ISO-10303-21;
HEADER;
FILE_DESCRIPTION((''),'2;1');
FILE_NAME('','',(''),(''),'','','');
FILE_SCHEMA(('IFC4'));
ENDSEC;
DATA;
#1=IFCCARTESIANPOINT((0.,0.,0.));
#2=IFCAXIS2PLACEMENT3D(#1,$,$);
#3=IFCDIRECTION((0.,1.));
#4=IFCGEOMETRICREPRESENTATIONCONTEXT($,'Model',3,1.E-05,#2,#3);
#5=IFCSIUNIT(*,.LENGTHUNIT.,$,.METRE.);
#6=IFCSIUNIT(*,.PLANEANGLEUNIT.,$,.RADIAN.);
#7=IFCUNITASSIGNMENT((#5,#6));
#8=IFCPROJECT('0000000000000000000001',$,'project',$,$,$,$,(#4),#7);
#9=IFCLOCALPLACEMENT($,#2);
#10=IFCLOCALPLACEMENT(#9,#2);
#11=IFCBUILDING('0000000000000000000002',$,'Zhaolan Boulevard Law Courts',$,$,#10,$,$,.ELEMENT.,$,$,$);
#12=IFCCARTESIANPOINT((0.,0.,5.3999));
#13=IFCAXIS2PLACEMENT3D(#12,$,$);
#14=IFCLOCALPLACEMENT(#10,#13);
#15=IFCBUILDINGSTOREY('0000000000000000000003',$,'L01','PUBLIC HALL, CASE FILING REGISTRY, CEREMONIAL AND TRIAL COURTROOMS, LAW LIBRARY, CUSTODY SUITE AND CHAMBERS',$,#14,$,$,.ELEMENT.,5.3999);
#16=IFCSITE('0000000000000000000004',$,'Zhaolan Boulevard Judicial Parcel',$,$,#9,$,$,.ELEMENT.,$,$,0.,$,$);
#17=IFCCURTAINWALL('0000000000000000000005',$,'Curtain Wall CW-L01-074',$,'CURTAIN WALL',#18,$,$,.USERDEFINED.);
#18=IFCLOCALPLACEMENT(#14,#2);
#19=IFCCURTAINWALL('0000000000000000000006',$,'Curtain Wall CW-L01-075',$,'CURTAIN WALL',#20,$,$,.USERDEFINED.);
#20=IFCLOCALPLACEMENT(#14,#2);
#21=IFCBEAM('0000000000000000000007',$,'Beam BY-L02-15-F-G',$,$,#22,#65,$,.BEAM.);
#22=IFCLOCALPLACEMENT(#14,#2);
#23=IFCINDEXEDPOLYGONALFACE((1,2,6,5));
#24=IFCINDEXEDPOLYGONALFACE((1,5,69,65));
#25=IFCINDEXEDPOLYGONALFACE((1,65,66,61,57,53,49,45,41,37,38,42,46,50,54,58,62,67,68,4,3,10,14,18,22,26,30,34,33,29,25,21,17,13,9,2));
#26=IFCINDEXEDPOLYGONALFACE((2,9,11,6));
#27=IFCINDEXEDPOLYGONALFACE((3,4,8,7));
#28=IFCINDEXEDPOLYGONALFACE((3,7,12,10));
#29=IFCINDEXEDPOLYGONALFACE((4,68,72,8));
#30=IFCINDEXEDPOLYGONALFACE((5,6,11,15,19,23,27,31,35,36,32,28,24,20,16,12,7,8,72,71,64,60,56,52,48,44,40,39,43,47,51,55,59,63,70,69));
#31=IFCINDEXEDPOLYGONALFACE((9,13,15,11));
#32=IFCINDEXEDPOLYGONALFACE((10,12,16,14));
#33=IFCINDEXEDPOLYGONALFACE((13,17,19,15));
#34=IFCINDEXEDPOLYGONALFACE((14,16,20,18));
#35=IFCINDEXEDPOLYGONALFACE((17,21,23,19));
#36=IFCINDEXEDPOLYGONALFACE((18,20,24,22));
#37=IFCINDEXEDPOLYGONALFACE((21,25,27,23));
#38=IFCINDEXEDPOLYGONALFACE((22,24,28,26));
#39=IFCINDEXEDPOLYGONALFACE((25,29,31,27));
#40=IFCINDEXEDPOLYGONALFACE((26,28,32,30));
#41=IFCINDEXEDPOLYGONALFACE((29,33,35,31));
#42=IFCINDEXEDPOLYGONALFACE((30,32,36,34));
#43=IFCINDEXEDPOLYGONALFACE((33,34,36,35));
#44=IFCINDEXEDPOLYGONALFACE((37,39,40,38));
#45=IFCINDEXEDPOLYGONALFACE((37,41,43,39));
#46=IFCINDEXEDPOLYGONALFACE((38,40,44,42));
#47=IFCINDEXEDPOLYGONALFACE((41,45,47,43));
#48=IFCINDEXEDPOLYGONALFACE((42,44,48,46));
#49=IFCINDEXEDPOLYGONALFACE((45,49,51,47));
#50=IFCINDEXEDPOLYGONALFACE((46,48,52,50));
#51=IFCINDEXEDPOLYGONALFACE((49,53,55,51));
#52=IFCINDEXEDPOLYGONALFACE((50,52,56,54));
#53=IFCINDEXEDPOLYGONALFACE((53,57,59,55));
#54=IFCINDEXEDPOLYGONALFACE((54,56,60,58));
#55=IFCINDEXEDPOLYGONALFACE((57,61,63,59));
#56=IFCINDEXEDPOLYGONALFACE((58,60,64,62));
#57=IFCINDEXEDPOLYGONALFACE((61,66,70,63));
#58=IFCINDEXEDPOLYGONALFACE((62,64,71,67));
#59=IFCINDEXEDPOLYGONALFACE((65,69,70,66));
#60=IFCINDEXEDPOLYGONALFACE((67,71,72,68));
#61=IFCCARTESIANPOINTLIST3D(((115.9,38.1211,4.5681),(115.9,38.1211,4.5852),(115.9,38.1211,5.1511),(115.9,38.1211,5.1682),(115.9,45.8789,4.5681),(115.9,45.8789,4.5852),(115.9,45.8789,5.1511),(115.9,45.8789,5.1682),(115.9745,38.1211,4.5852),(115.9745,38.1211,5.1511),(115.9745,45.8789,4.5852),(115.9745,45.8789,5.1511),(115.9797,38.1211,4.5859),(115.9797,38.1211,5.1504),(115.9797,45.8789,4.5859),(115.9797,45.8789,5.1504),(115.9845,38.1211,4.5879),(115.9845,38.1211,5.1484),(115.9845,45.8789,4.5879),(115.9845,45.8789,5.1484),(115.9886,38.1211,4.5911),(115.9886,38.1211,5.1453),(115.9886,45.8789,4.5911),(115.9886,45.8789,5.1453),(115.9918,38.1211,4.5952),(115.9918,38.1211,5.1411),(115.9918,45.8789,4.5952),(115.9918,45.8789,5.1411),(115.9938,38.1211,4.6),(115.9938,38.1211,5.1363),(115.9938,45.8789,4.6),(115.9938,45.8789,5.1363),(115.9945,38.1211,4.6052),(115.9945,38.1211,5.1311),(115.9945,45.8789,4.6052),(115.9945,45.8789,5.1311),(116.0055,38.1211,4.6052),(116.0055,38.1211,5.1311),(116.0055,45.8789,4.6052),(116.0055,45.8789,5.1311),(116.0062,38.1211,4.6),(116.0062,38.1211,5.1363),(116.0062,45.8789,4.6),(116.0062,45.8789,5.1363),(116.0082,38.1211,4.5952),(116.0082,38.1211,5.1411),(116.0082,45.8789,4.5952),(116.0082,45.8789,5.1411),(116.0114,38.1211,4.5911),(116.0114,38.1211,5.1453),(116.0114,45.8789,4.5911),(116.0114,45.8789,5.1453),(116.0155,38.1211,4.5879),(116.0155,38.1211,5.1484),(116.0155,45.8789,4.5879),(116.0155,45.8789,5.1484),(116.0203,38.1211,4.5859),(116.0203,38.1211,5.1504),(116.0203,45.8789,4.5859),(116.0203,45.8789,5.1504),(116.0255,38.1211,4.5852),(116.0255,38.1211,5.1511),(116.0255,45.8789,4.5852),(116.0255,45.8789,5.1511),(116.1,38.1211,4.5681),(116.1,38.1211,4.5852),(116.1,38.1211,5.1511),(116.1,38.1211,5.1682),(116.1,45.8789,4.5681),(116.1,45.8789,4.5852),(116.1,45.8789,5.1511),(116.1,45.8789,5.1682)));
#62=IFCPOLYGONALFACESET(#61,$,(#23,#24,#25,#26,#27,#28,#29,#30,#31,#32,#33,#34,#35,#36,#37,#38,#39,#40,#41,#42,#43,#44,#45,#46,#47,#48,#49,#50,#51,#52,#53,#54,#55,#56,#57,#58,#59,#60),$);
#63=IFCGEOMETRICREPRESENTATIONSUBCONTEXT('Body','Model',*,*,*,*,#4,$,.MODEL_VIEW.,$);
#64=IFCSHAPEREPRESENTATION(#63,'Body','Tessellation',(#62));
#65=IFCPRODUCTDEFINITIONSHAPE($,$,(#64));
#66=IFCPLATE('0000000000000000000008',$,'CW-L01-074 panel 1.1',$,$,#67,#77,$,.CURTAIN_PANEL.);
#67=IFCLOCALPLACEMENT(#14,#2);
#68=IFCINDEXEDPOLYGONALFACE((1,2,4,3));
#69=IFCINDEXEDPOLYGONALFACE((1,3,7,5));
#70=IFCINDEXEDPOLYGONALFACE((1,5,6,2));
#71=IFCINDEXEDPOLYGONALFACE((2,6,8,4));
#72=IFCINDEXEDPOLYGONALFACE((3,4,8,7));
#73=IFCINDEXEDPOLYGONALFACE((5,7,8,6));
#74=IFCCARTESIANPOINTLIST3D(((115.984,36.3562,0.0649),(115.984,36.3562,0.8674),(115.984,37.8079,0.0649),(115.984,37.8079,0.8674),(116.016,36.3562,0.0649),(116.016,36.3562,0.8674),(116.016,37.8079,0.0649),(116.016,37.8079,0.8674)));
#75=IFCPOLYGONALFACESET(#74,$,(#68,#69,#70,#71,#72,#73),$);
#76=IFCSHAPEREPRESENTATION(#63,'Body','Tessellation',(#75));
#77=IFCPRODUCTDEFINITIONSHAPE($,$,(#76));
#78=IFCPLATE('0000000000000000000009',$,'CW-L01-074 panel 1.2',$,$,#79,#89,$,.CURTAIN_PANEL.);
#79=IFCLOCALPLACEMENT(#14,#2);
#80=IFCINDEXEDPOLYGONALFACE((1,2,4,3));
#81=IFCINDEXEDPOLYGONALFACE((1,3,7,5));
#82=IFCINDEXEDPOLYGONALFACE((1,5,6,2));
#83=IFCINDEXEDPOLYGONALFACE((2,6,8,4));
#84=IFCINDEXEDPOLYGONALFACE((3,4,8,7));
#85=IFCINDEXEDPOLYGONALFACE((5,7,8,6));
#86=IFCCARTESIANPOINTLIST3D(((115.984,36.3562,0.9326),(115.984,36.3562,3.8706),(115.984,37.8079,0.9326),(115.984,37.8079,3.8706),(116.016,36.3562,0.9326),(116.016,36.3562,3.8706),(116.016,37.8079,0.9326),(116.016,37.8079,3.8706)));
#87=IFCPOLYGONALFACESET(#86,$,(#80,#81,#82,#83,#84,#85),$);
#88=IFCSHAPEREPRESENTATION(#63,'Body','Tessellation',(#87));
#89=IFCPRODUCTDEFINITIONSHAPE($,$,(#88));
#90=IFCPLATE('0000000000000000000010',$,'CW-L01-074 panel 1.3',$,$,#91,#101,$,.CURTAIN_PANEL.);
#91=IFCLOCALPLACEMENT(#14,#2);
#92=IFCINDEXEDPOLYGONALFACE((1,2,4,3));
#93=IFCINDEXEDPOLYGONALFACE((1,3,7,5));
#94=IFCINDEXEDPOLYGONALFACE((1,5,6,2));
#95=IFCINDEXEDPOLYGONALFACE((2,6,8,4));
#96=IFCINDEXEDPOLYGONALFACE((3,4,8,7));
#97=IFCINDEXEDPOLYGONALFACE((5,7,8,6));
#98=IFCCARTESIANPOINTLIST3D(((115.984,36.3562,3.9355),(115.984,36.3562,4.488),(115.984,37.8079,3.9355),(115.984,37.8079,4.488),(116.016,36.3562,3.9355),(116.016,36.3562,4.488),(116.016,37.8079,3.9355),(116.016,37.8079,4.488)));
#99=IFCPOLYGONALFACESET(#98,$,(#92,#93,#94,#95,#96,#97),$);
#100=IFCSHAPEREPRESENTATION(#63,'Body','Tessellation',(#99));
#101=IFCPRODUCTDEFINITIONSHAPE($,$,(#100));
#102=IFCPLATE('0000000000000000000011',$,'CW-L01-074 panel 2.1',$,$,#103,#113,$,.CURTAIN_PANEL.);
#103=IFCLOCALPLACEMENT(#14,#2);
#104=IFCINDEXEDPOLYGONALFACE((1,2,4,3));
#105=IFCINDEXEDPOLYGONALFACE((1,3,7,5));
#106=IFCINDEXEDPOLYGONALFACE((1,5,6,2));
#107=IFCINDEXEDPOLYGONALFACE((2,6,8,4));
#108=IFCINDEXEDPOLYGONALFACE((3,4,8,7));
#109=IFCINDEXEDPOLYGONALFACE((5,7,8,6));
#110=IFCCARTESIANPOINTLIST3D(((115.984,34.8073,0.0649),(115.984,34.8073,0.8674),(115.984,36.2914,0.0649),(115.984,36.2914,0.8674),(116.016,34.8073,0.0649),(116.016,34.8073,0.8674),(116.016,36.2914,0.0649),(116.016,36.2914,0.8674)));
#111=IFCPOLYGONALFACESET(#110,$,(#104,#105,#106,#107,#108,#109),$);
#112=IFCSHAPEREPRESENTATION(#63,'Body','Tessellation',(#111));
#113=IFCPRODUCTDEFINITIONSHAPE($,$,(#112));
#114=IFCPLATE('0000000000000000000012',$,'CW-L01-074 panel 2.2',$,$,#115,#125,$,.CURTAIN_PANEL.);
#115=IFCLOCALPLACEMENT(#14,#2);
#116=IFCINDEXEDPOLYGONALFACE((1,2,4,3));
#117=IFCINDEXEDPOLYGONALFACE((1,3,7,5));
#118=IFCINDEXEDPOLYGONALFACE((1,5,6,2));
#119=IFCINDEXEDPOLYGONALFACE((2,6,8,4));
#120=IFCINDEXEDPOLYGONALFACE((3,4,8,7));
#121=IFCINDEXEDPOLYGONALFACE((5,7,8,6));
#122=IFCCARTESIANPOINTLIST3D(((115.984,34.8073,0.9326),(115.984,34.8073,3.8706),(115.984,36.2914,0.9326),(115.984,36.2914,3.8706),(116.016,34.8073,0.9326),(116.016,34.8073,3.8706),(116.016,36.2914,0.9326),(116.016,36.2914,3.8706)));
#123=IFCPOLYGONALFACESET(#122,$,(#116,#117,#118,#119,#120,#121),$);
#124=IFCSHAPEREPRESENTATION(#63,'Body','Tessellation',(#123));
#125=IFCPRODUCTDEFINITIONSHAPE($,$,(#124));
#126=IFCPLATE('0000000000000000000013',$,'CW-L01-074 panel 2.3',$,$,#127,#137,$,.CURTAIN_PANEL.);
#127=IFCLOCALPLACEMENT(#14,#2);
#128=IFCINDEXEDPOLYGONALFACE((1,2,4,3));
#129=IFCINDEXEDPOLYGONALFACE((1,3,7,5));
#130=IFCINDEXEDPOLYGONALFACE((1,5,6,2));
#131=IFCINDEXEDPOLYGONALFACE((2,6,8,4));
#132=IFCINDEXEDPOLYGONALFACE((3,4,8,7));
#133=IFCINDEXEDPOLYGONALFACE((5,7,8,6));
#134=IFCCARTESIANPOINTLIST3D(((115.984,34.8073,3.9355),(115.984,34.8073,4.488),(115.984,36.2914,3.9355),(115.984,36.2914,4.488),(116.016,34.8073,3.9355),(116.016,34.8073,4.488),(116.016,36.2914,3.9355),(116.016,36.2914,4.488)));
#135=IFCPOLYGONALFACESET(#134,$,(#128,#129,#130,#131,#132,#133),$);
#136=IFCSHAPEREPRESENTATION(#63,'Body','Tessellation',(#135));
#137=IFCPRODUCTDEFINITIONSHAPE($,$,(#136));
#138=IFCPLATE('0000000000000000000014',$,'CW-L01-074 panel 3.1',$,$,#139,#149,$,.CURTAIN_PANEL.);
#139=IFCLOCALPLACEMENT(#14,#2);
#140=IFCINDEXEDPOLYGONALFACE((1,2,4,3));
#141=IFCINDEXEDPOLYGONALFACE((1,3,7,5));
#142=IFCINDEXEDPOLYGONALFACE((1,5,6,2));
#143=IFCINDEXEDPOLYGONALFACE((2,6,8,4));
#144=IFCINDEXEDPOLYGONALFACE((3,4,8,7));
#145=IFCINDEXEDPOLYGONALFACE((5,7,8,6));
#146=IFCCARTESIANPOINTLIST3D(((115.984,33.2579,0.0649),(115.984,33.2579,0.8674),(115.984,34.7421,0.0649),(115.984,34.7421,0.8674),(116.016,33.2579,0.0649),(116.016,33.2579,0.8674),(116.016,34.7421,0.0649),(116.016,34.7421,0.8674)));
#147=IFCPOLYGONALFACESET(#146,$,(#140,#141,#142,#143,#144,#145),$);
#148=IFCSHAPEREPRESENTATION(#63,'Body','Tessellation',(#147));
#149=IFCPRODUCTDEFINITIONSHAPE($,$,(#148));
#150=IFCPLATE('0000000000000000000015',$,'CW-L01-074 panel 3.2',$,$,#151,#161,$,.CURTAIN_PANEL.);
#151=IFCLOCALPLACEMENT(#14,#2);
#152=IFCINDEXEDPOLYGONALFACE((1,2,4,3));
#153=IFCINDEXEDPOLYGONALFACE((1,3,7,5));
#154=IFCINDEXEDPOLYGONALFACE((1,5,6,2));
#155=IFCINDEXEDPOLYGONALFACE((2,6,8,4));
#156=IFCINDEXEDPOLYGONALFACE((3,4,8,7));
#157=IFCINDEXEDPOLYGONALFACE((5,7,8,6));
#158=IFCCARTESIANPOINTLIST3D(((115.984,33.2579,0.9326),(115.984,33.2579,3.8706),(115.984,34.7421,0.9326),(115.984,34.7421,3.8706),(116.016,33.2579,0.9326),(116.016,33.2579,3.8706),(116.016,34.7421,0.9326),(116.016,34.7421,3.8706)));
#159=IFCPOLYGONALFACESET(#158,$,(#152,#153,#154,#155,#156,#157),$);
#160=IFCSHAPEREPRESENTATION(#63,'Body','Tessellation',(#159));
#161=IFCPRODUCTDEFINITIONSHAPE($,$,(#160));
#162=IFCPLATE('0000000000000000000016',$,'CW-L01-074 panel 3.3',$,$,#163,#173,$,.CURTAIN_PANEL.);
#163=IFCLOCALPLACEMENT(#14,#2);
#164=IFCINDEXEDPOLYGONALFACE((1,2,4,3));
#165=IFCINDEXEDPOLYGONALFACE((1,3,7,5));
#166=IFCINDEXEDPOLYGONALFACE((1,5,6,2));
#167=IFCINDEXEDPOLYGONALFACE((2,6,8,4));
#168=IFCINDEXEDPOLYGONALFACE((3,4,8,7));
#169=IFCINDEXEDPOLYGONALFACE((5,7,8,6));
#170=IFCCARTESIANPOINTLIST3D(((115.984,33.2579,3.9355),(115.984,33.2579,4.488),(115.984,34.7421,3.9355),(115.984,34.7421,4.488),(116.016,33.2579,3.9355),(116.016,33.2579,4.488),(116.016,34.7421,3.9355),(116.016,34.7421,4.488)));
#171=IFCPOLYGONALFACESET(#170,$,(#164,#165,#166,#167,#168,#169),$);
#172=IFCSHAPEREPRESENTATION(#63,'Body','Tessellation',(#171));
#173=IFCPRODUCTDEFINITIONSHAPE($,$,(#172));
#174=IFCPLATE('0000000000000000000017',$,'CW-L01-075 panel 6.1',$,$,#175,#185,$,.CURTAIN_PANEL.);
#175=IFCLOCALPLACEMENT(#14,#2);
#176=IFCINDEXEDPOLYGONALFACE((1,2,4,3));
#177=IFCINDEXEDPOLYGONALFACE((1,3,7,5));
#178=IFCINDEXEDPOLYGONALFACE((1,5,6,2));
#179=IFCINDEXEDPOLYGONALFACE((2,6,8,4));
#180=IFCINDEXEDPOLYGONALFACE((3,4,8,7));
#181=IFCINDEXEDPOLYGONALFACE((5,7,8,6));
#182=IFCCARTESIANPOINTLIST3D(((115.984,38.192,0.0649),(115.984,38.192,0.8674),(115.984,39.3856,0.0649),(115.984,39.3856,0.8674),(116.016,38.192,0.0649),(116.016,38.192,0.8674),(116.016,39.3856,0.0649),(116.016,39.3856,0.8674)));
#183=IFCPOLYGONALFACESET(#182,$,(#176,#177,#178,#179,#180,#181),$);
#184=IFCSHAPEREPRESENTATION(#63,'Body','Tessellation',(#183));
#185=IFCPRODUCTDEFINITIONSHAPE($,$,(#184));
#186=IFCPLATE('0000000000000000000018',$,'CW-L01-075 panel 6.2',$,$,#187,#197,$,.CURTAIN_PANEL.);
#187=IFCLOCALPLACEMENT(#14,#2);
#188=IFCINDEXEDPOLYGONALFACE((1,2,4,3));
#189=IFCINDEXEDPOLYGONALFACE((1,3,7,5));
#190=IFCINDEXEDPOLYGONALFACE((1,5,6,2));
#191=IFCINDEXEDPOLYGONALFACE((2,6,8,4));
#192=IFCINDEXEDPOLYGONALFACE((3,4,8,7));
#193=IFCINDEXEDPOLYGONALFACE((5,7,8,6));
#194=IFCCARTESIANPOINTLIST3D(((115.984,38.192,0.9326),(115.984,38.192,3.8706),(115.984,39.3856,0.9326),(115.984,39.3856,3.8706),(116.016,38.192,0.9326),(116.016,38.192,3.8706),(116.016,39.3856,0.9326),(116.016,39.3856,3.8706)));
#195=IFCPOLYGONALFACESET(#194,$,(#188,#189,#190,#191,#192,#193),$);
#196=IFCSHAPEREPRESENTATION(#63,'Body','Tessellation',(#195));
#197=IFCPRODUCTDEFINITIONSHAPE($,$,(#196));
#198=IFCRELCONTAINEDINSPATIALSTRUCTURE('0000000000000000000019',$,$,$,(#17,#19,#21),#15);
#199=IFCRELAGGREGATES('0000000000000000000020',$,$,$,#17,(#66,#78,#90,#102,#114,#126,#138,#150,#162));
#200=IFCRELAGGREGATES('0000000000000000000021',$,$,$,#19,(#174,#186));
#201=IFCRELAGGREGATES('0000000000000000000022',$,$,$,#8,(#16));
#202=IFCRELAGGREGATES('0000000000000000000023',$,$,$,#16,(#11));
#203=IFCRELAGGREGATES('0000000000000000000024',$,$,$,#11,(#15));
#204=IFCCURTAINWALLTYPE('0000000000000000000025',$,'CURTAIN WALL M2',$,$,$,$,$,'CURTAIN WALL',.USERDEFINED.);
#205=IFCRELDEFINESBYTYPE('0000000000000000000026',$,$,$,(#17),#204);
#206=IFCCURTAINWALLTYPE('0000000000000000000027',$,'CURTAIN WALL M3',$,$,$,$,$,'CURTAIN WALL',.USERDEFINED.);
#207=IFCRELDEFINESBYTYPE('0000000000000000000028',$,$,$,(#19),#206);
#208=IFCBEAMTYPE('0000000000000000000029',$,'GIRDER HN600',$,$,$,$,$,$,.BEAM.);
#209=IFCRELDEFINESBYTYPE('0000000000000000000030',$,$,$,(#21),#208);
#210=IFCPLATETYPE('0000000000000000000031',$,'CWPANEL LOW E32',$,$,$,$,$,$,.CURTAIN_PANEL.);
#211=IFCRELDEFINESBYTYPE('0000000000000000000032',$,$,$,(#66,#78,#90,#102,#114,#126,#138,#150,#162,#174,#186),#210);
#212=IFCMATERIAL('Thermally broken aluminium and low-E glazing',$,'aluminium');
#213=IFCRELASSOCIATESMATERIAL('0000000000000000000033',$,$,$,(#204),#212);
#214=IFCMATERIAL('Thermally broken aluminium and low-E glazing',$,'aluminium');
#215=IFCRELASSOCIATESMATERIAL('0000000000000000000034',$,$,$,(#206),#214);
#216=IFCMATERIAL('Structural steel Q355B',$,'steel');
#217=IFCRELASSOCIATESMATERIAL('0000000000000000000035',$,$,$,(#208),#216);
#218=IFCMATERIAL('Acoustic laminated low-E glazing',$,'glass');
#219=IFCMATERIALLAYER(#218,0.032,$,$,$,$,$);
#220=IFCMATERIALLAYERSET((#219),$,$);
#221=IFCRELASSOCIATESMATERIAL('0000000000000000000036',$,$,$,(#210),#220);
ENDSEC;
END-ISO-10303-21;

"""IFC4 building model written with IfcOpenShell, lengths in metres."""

from ifc_helpers import new_model, si_unit, direction, frame, origin, origin_2d, place, context, subcontext, project, spatial, rectangle, i_section, extrude, material, layer, layer_set, material_profile, profile_set, type_object, element, aggregate, save


model = new_model("IFC4")

# Units and contexts
model_context = context("Model", 3, precision=1e-05, world=origin(), true_north=direction((0.0, 1.0)))
body_context = subcontext(model_context, "Body", "Model", "MODEL_VIEW")
ifc_project = project(units=[si_unit("LENGTHUNIT", "METRE"), si_unit("PLANEANGLEUNIT", "RADIAN")], contexts=[model_context])

# Site, building, storey
site_placement = place(None, origin())
site = spatial("IfcSite", under=ifc_project, at=site_placement, Name="Zhaolan Boulevard Judicial Parcel", CompositionType="ELEMENT", RefElevation=0.0)
building_placement = place(site_placement, origin())
building = spatial("IfcBuilding", under=site, at=building_placement, Name="Zhaolan Boulevard Law Courts", CompositionType="ELEMENT")
storey_placement = place(building_placement, frame((0.0, 0.0, 5.3999)))
storey = spatial("IfcBuildingStorey", under=building, at=storey_placement, Name="L01", Description="PUBLIC HALL, CASE FILING REGISTRY, CEREMONIAL AND TRIAL COURTROOMS, LAW LIBRARY, CUSTODY SUITE AND CHAMBERS", CompositionType="ELEMENT", Elevation=5.3999)

# Curtain wall
ifc_material_1 = material(Name="Thermally broken aluminium and low-E glazing", Category="aluminium")
curtain_wall_type_1 = type_object("IfcCurtainWallType", Name="CURTAIN WALL M2", ElementType="CURTAIN WALL", PredefinedType="USERDEFINED", material=ifc_material_1)
curtain_wall_1_placement = place(storey_placement, origin())
curtain_wall_1 = element("IfcCurtainWall", 1, at=curtain_wall_1_placement, inside=storey, type_object=curtain_wall_type_1, Name="Curtain Wall CW-L01-074", ObjectType="CURTAIN WALL", PredefinedType="USERDEFINED")

# Curtain wall
ifc_material_2 = material(Name="Thermally broken aluminium and low-E glazing", Category="aluminium")
curtain_wall_type_2 = type_object("IfcCurtainWallType", Name="CURTAIN WALL M3", ElementType="CURTAIN WALL", PredefinedType="USERDEFINED", material=ifc_material_2)
curtain_wall_2_placement = place(storey_placement, origin())
curtain_wall_2 = element("IfcCurtainWall", 2, at=curtain_wall_2_placement, inside=storey, type_object=curtain_wall_type_2, Name="Curtain Wall CW-L01-075", ObjectType="CURTAIN WALL", PredefinedType="USERDEFINED")

# Beam
ifc_material_3 = material(Name="Structural steel Q355B", Category="steel")
ifc_material_profile_1 = material_profile(ifc_material_3, i_section(OverallWidth=0.2, OverallDepth=0.6001, WebThickness=0.011, FlangeThickness=0.0171, FilletRadius=0.02, at=origin_2d()), Name="HN600x200")
ifc_profile_set_1 = profile_set([ifc_material_profile_1], Name="Structural steel Q355B")
beam_type = type_object("IfcBeamType", Name="GIRDER HN600", PredefinedType="BEAM", material=ifc_profile_set_1)
beam_placement = place(storey_placement, frame((116.0, 38.1211, 4.8682), z_axis=(0.0, 1.0, 0.0), x_axis=(-1.0, 0.0, 0.0)))
element("IfcBeam", 3, at=beam_placement, inside=storey, type_object=beam_type, Name="Beam BY-L02-15-F-G", PredefinedType="BEAM", context=body_context, shape_type="SweptSolid", body=[
    extrude(i_section(OverallWidth=0.2, OverallDepth=0.6001, WebThickness=0.011, FlangeThickness=0.0171, FilletRadius=0.02, at=origin_2d()), origin(), (0.0, 0.0, 1.0), 7.7578),
])

# Plates
ifc_material_4 = material(Name="Acoustic laminated low-E glazing", Category="glass")
ifc_layer = layer(ifc_material_4, 0.032)
ifc_layer_set = layer_set([ifc_layer])
plate_type = type_object("IfcPlateType", Name="CWPANEL LOW E32", PredefinedType="CURTAIN_PANEL", material=ifc_layer_set)
plate_1_placement = place(storey_placement, frame((116.0, 37.082, 0.0649), z_axis=(0.0, 0.0, 1.0), x_axis=(0.0, -1.0, 0.0)))
plate_1 = element("IfcPlate", 4, at=plate_1_placement, type_object=plate_type, Name="CW-L01-074 panel 1.1", PredefinedType="CURTAIN_PANEL", context=body_context, shape_type="SweptSolid", body=[
    extrude(rectangle(XDim=1.4517, YDim=0.032, at=origin_2d()), origin(), (0.0, 0.0, 1.0), 0.8025),
])
plate_2_placement = place(storey_placement, frame((116.0, 37.082, 0.9326), z_axis=(0.0, 0.0, 1.0), x_axis=(0.0, -1.0, 0.0)))
plate_2 = element("IfcPlate", 5, at=plate_2_placement, type_object=plate_type, Name="CW-L01-074 panel 1.2", PredefinedType="CURTAIN_PANEL", context=body_context, shape_type="SweptSolid", body=[
    extrude(rectangle(XDim=1.4517, YDim=0.032, at=origin_2d()), origin(), (0.0, 0.0, 1.0), 2.938),
])
plate_3_placement = place(storey_placement, frame((116.0, 37.082, 3.9355), z_axis=(0.0, 0.0, 1.0), x_axis=(0.0, -1.0, 0.0)))
plate_3 = element("IfcPlate", 6, at=plate_3_placement, type_object=plate_type, Name="CW-L01-074 panel 1.3", PredefinedType="CURTAIN_PANEL", context=body_context, shape_type="SweptSolid", body=[
    extrude(rectangle(XDim=1.4517, YDim=0.032, at=origin_2d()), origin(), (0.0, 0.0, 1.0), 0.5525),
])
plate_4_placement = place(storey_placement, frame((116.0, 35.5493, 0.0649), z_axis=(0.0, 0.0, 1.0), x_axis=(0.0, -1.0, 0.0)))
plate_4 = element("IfcPlate", 7, at=plate_4_placement, type_object=plate_type, Name="CW-L01-074 panel 2.1", PredefinedType="CURTAIN_PANEL", context=body_context, shape_type="SweptSolid", body=[
    extrude(rectangle(XDim=1.4841, YDim=0.032, at=origin_2d()), origin(), (0.0, 0.0, 1.0), 0.8025),
])
plate_5_placement = place(storey_placement, frame((116.0, 35.5493, 0.9326), z_axis=(0.0, 0.0, 1.0), x_axis=(0.0, -1.0, 0.0)))
plate_5 = element("IfcPlate", 8, at=plate_5_placement, type_object=plate_type, Name="CW-L01-074 panel 2.2", PredefinedType="CURTAIN_PANEL", context=body_context, shape_type="SweptSolid", body=[
    extrude(rectangle(XDim=1.4841, YDim=0.032, at=origin_2d()), origin(), (0.0, 0.0, 1.0), 2.938),
])
plate_6_placement = place(storey_placement, frame((116.0, 35.5493, 3.9355), z_axis=(0.0, 0.0, 1.0), x_axis=(0.0, -1.0, 0.0)))
plate_6 = element("IfcPlate", 9, at=plate_6_placement, type_object=plate_type, Name="CW-L01-074 panel 2.3", PredefinedType="CURTAIN_PANEL", context=body_context, shape_type="SweptSolid", body=[
    extrude(rectangle(XDim=1.4841, YDim=0.032, at=origin_2d()), origin(), (0.0, 0.0, 1.0), 0.5525),
])
plate_7_placement = place(storey_placement, frame((116.0, 34.0, 0.0649), z_axis=(0.0, 0.0, 1.0), x_axis=(0.0, -1.0, 0.0)))
plate_7 = element("IfcPlate", 10, at=plate_7_placement, type_object=plate_type, Name="CW-L01-074 panel 3.1", PredefinedType="CURTAIN_PANEL", context=body_context, shape_type="SweptSolid", body=[
    extrude(rectangle(XDim=1.4841, YDim=0.032, at=origin_2d()), origin(), (0.0, 0.0, 1.0), 0.8025),
])
plate_8_placement = place(storey_placement, frame((116.0, 34.0, 0.9326), z_axis=(0.0, 0.0, 1.0), x_axis=(0.0, -1.0, 0.0)))
plate_8 = element("IfcPlate", 11, at=plate_8_placement, type_object=plate_type, Name="CW-L01-074 panel 3.2", PredefinedType="CURTAIN_PANEL", context=body_context, shape_type="SweptSolid", body=[
    extrude(rectangle(XDim=1.4841, YDim=0.032, at=origin_2d()), origin(), (0.0, 0.0, 1.0), 2.938),
])
plate_9_placement = place(storey_placement, frame((116.0, 34.0, 3.9355), z_axis=(0.0, 0.0, 1.0), x_axis=(0.0, -1.0, 0.0)))
plate_9 = element("IfcPlate", 12, at=plate_9_placement, type_object=plate_type, Name="CW-L01-074 panel 3.3", PredefinedType="CURTAIN_PANEL", context=body_context, shape_type="SweptSolid", body=[
    extrude(rectangle(XDim=1.4841, YDim=0.032, at=origin_2d()), origin(), (0.0, 0.0, 1.0), 0.5525),
])
aggregate(curtain_wall_1, [plate_1, plate_2, plate_3, plate_4, plate_5, plate_6, plate_7, plate_8, plate_9])
plate_10_placement = place(storey_placement, frame((116.0, 38.7888, 0.0649), z_axis=(0.0, 0.0, 1.0), x_axis=(0.0, -1.0, 0.0)))
plate_10 = element("IfcPlate", 13, at=plate_10_placement, type_object=plate_type, Name="CW-L01-075 panel 6.1", PredefinedType="CURTAIN_PANEL", context=body_context, shape_type="SweptSolid", body=[
    extrude(rectangle(XDim=1.1936, YDim=0.032, at=origin_2d()), origin(), (0.0, 0.0, 1.0), 0.8025),
])
plate_11_placement = place(storey_placement, frame((116.0, 38.7888, 0.9326), z_axis=(0.0, 0.0, 1.0), x_axis=(0.0, -1.0, 0.0)))
plate_11 = element("IfcPlate", 14, at=plate_11_placement, type_object=plate_type, Name="CW-L01-075 panel 6.2", PredefinedType="CURTAIN_PANEL", context=body_context, shape_type="SweptSolid", body=[
    extrude(rectangle(XDim=1.1936, YDim=0.032, at=origin_2d()), origin(), (0.0, 0.0, 1.0), 2.938),
])
aggregate(curtain_wall_2, [plate_10, plate_11])

save(model, "model.ifc")
